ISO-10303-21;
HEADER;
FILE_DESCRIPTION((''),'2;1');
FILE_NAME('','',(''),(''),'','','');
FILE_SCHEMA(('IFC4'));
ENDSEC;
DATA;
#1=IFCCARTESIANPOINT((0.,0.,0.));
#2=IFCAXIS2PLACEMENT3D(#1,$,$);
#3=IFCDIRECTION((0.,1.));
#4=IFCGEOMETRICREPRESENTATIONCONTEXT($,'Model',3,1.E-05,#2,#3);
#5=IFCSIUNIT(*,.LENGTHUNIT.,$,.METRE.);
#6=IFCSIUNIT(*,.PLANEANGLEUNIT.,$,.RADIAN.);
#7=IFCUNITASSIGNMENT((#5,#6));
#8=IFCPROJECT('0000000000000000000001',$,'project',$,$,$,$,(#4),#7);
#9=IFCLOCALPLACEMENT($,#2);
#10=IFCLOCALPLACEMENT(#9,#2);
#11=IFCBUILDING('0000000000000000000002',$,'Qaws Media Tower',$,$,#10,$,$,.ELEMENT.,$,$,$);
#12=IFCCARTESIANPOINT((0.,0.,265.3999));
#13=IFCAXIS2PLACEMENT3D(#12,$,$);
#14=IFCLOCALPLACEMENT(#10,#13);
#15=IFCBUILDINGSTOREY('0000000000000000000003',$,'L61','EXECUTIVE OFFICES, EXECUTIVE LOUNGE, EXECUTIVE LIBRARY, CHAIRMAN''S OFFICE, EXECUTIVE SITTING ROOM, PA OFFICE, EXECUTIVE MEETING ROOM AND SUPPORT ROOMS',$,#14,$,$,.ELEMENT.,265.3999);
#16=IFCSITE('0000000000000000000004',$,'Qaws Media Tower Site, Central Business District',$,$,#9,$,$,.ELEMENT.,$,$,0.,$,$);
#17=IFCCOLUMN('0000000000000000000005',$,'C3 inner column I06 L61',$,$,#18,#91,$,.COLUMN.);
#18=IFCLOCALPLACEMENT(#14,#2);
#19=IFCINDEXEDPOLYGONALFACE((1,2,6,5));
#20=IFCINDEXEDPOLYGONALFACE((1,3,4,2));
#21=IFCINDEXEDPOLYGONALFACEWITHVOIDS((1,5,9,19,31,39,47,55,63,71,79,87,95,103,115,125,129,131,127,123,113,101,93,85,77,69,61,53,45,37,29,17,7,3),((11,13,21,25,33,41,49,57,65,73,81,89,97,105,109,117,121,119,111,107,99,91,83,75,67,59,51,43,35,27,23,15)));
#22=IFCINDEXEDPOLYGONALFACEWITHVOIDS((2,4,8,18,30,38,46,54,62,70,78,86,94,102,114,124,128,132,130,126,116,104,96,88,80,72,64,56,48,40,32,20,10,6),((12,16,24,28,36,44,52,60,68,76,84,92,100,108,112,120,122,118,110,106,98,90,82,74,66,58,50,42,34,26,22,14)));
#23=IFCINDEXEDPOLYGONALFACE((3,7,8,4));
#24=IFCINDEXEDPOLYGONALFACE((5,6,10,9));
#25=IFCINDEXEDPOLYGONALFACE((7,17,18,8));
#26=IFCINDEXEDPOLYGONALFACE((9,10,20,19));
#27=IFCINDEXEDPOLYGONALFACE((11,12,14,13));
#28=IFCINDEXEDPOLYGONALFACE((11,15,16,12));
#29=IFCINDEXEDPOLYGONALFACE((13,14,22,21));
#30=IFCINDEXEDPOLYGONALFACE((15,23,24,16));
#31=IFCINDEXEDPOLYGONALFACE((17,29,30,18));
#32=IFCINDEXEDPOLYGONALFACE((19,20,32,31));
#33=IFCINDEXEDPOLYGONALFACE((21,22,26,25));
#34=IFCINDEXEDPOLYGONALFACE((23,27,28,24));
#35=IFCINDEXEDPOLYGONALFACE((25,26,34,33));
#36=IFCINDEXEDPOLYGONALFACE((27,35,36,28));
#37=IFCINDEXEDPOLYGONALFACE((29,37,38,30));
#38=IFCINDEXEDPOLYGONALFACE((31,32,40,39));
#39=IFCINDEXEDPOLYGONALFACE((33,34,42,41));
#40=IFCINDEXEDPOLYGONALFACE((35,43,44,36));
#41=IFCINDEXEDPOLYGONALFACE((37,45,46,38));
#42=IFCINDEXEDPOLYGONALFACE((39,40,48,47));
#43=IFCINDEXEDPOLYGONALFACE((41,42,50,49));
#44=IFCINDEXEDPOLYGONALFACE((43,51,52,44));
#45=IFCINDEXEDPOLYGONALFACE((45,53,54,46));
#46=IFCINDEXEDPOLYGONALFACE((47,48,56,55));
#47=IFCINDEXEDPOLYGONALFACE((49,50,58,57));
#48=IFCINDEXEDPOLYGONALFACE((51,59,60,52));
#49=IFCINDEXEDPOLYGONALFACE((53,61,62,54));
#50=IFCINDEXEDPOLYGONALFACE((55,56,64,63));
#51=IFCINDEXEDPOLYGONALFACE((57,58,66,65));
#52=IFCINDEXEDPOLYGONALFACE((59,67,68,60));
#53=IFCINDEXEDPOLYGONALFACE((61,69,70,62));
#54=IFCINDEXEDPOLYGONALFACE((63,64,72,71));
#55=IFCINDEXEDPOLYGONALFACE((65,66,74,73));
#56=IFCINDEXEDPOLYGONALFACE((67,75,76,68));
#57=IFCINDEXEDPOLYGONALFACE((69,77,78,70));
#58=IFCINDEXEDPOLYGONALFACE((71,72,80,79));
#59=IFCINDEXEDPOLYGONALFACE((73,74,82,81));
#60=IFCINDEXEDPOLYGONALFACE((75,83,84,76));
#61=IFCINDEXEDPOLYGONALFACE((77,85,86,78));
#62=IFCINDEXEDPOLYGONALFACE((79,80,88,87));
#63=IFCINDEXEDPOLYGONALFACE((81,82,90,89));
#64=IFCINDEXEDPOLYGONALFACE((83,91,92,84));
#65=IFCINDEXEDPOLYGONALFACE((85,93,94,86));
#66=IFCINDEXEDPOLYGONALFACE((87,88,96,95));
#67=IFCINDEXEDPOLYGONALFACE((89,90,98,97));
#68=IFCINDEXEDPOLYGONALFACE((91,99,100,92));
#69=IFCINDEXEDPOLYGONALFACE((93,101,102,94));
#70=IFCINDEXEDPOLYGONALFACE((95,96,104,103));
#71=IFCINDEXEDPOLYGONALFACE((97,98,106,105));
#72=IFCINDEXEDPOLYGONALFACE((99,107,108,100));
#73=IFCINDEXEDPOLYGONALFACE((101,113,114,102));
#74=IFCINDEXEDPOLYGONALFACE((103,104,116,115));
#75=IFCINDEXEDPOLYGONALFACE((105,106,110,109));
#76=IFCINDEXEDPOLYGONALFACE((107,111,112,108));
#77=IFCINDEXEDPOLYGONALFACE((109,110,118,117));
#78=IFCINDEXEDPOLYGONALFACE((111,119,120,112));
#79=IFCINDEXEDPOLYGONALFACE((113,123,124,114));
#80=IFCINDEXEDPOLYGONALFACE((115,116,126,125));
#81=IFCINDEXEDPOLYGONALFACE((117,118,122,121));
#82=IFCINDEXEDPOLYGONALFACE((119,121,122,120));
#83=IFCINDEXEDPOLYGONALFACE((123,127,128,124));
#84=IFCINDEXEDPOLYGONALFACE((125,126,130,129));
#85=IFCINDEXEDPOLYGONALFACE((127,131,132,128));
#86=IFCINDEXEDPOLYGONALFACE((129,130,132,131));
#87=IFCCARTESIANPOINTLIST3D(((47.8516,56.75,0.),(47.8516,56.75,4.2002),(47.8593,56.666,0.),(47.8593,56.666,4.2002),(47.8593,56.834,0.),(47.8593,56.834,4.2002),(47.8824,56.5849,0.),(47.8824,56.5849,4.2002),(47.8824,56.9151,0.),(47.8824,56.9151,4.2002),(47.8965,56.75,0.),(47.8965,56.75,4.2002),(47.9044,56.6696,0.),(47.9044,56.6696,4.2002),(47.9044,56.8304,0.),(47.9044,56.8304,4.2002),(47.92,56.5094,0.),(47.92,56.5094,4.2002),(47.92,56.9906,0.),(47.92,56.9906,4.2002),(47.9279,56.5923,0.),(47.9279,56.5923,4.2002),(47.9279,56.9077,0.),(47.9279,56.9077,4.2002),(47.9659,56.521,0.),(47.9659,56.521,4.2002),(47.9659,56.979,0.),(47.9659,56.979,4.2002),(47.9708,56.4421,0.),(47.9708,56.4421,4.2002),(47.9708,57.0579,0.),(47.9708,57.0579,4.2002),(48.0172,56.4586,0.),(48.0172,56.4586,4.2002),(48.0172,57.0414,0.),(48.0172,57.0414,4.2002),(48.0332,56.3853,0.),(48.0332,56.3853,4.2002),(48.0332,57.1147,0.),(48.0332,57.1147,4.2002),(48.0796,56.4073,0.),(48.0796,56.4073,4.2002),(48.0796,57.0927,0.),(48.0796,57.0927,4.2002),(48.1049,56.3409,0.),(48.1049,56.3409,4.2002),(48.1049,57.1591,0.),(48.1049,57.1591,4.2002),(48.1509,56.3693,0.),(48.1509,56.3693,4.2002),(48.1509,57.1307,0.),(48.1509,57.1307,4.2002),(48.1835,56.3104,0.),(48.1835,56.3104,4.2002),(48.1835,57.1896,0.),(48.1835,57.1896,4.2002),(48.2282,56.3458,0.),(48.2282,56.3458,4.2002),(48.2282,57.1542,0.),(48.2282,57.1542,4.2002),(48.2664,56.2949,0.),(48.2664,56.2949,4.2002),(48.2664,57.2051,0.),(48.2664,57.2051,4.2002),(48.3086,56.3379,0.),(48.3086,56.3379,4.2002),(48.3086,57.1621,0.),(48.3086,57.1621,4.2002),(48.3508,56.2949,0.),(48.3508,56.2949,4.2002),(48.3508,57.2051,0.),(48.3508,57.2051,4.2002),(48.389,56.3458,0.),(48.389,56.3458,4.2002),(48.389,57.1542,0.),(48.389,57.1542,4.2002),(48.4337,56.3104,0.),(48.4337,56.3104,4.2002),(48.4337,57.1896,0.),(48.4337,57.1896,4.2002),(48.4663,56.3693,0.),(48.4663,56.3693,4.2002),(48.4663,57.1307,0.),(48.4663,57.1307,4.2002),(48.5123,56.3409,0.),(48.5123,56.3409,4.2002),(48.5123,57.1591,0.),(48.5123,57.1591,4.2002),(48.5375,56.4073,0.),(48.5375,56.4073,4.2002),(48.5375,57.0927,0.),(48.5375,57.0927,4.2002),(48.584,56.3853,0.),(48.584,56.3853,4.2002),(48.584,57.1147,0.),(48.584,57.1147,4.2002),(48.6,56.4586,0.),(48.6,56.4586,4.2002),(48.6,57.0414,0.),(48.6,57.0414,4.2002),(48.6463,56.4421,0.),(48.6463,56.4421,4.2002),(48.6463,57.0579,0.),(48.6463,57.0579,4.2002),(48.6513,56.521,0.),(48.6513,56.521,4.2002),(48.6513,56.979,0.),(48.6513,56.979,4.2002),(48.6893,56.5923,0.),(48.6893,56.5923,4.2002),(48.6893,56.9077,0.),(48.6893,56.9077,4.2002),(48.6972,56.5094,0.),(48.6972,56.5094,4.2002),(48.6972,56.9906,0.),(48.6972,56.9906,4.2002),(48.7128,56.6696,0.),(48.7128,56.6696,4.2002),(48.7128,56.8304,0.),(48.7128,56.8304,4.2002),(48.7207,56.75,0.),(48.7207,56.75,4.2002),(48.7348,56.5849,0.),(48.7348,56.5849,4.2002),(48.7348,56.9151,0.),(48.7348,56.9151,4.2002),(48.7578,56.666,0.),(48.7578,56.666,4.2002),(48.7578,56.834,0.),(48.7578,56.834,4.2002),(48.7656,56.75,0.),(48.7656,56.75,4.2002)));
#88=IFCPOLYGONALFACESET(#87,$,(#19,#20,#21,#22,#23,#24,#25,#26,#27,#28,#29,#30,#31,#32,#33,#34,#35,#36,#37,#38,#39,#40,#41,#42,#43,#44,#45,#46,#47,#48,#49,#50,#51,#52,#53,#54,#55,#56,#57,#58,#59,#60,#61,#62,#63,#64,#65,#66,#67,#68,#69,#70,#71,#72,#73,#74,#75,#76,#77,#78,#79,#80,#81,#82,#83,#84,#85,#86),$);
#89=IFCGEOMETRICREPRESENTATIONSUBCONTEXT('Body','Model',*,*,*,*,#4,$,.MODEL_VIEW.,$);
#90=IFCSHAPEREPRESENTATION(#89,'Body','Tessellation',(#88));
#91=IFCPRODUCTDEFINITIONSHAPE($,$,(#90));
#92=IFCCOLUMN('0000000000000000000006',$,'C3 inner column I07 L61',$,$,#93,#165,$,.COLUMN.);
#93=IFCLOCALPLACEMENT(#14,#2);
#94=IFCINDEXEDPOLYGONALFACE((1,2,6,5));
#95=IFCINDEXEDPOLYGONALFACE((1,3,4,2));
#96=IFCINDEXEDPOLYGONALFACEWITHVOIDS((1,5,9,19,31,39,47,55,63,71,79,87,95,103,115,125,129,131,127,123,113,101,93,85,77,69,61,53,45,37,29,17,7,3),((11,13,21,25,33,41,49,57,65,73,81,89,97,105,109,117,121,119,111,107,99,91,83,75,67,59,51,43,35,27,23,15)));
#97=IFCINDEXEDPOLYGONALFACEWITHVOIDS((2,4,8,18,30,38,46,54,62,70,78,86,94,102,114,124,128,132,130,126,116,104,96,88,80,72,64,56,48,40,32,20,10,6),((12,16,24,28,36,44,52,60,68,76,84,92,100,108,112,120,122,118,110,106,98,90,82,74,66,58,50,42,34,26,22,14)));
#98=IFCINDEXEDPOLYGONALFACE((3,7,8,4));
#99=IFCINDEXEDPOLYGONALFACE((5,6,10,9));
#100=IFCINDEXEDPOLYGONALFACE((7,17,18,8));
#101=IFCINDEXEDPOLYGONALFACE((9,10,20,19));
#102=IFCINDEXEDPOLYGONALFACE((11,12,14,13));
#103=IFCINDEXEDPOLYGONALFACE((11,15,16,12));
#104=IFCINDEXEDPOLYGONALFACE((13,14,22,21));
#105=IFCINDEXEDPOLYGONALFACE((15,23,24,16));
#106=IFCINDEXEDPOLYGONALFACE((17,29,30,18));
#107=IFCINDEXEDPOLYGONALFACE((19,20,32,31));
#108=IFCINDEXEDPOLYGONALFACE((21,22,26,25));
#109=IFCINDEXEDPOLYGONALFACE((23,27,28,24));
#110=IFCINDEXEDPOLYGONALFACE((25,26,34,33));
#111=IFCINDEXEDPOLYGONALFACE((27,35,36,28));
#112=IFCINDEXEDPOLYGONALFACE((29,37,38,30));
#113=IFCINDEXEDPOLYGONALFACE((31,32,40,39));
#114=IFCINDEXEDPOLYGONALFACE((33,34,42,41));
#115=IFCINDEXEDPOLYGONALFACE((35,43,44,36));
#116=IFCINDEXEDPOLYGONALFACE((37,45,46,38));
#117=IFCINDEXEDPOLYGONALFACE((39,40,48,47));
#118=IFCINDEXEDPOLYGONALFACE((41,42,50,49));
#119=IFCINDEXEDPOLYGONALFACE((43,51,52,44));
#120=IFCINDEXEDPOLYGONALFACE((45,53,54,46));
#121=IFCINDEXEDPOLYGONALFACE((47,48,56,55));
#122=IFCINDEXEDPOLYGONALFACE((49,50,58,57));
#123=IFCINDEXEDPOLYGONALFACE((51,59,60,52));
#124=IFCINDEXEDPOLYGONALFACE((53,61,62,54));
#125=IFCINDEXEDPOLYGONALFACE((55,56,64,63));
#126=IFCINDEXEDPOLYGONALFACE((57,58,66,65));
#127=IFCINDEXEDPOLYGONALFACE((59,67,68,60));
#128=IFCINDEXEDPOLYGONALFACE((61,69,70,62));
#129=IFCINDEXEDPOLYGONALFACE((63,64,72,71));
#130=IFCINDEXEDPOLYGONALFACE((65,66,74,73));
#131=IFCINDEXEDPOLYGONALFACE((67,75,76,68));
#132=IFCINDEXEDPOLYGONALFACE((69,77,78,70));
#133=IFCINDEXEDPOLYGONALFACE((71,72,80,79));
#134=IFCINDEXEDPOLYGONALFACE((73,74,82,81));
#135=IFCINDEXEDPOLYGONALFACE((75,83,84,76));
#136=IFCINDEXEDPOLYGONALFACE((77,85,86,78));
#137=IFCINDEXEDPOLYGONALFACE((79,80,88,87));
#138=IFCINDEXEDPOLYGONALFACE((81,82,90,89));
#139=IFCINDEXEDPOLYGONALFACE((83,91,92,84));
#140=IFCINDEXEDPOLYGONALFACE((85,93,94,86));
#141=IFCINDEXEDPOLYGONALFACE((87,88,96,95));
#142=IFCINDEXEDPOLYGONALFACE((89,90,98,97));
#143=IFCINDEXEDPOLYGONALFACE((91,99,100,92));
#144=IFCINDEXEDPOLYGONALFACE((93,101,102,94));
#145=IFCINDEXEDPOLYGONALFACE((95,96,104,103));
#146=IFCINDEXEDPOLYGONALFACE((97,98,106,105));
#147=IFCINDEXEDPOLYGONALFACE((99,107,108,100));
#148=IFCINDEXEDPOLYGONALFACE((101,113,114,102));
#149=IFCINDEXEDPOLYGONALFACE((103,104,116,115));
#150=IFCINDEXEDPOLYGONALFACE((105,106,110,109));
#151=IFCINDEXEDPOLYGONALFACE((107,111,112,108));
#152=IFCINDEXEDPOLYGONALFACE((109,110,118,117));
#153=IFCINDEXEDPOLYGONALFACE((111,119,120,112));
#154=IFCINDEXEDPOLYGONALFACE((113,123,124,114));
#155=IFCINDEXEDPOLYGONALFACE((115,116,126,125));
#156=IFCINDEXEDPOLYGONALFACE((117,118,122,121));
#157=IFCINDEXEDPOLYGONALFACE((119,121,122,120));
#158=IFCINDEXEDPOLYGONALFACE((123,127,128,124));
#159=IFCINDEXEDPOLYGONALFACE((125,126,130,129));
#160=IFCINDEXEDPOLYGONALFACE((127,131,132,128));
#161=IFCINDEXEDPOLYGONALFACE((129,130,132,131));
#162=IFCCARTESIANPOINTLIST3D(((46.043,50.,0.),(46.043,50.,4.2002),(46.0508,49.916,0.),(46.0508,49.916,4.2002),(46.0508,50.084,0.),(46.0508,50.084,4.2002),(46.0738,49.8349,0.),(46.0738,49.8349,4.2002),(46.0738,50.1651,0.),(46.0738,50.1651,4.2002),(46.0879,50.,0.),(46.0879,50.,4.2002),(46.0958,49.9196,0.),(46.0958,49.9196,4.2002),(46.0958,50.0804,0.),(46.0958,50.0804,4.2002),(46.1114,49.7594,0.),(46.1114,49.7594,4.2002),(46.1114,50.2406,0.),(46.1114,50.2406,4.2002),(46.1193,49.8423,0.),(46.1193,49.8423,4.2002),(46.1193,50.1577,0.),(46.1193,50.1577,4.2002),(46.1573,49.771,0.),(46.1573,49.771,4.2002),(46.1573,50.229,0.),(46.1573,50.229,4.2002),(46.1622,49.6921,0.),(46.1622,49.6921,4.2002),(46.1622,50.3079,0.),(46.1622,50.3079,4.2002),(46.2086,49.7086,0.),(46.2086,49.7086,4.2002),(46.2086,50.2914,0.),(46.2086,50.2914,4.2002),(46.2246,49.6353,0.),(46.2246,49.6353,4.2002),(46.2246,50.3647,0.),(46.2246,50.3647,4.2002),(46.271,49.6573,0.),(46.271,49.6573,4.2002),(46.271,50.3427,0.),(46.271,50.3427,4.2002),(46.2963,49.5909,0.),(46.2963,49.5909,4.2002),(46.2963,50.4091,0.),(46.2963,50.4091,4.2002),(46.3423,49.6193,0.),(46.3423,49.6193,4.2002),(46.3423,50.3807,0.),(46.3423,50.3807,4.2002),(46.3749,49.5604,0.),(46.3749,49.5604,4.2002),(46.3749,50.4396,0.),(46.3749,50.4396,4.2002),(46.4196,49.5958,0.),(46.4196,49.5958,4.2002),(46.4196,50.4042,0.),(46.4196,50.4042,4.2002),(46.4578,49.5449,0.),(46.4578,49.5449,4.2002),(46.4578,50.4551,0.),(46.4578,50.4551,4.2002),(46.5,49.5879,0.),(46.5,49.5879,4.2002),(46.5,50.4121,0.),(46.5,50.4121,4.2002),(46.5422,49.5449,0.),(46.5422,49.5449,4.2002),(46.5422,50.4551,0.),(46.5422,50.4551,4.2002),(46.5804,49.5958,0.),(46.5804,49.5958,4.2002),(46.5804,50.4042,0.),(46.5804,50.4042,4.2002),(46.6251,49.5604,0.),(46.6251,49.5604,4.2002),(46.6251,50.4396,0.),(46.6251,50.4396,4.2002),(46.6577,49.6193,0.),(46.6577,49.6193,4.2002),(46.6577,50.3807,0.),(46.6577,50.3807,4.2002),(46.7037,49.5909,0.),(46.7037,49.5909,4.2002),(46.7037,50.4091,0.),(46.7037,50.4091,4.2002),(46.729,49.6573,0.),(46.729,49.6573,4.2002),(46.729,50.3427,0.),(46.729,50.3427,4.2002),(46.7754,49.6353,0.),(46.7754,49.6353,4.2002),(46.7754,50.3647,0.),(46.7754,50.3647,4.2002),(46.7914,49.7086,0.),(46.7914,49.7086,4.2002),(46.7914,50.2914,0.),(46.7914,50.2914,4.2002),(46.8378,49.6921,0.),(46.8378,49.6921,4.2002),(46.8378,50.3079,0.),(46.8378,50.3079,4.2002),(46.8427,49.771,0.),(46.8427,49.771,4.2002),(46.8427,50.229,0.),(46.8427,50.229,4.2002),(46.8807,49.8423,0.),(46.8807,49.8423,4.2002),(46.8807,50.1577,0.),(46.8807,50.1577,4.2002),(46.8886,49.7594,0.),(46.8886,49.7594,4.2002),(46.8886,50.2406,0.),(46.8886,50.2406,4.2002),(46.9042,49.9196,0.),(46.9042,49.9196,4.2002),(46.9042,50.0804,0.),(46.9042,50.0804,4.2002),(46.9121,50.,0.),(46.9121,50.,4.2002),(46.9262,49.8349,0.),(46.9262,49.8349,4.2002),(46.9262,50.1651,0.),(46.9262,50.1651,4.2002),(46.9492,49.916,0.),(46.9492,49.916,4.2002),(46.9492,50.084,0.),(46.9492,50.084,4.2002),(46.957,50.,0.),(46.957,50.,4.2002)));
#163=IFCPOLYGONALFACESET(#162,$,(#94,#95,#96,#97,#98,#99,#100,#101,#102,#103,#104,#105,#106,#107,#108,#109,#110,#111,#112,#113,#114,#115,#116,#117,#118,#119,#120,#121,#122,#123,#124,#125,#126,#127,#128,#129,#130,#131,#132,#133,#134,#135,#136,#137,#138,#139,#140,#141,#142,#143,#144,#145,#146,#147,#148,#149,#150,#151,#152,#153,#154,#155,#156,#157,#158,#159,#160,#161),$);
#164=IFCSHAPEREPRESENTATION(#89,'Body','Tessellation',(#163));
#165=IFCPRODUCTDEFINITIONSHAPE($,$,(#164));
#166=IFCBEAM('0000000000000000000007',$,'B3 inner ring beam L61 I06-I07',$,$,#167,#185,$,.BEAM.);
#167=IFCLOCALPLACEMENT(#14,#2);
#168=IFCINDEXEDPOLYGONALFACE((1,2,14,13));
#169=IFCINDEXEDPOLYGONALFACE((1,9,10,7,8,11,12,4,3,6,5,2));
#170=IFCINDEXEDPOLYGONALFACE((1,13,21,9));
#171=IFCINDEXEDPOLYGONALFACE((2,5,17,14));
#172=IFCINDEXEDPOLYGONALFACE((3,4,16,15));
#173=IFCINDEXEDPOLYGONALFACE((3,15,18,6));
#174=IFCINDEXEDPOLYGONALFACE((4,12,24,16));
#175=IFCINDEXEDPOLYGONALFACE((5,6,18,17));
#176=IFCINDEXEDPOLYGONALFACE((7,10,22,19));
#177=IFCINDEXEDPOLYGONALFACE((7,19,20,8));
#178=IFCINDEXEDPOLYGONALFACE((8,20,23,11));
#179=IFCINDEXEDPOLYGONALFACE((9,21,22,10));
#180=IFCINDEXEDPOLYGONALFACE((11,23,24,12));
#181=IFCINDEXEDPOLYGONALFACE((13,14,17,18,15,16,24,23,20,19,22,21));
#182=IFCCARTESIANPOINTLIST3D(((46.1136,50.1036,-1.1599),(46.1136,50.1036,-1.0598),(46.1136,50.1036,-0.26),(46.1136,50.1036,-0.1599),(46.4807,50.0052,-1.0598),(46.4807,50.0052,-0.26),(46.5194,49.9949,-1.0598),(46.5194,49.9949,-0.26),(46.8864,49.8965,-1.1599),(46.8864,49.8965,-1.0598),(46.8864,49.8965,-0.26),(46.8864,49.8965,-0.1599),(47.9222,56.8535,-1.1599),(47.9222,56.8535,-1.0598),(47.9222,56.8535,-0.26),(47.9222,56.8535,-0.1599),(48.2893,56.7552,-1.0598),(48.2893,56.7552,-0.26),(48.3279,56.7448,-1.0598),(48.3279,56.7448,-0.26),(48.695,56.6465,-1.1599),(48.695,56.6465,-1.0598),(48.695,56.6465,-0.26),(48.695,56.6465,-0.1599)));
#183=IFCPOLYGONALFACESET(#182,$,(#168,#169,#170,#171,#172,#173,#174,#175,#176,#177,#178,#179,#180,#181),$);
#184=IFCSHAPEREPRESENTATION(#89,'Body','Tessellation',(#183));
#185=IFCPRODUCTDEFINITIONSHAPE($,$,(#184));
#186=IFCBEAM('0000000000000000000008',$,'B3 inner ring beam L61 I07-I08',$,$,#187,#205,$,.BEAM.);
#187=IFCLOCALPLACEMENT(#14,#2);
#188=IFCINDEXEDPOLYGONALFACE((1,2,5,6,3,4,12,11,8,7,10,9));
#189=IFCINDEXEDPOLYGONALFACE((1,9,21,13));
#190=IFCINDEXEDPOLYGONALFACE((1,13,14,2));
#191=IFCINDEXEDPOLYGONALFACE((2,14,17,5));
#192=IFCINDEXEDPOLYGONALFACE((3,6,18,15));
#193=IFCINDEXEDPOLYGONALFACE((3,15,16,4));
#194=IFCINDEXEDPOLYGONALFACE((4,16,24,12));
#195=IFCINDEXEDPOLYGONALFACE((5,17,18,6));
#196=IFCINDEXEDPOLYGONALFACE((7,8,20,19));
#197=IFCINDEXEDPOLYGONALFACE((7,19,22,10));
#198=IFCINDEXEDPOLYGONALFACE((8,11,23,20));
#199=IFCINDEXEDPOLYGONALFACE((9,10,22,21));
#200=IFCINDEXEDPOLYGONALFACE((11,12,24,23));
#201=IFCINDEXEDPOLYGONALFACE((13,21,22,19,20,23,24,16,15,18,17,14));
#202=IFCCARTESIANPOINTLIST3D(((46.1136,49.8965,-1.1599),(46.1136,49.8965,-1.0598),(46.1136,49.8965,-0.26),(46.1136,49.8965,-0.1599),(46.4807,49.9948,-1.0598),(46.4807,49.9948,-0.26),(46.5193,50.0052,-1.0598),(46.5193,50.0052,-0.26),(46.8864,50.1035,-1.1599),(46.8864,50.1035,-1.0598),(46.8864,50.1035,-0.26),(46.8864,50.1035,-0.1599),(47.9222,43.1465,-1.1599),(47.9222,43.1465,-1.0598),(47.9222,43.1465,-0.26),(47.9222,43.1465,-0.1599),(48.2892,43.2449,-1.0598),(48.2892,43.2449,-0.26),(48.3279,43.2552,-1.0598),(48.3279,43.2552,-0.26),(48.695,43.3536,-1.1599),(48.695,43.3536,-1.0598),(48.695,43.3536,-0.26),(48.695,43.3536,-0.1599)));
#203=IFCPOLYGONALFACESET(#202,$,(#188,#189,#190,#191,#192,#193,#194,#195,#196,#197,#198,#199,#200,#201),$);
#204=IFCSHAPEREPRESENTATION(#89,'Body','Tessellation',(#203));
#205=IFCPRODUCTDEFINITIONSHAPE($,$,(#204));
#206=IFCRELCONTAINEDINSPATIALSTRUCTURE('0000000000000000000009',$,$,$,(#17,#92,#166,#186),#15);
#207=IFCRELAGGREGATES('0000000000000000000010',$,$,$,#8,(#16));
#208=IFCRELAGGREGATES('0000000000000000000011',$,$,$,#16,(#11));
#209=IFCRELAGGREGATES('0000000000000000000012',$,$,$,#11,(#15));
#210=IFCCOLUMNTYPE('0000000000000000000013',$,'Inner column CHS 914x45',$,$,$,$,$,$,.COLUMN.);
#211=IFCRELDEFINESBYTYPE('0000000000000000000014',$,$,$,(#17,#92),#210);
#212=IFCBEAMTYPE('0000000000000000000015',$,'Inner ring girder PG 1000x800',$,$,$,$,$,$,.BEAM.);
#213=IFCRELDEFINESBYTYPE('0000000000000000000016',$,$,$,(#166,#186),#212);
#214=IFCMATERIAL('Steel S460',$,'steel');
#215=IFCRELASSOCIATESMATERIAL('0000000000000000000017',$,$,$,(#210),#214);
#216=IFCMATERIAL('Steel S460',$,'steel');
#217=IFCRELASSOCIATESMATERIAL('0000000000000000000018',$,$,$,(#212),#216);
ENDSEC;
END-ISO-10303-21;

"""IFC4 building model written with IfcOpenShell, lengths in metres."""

from ifc_helpers import new_model, si_unit, direction, frame, origin, origin_2d, place, context, subcontext, project, spatial, hollow_circle, i_section, extrude, material, material_profile, profile_set, type_object, element, save


model = new_model("IFC4")

# Units and contexts
model_context = context("Model", 3, precision=1e-05, world=origin(), true_north=direction((0.0, 1.0)))
body_context = subcontext(model_context, "Body", "Model", "MODEL_VIEW")
ifc_project = project(units=[si_unit("LENGTHUNIT", "METRE"), si_unit("PLANEANGLEUNIT", "RADIAN")], contexts=[model_context])

# Site, building, storey
site_placement = place(None, origin())
site = spatial("IfcSite", under=ifc_project, at=site_placement, Name="Qaws Media Tower Site, Central Business District", CompositionType="ELEMENT", RefElevation=0.0)
building_placement = place(site_placement, origin())
building = spatial("IfcBuilding", under=site, at=building_placement, Name="Qaws Media Tower", CompositionType="ELEMENT")
storey_placement = place(building_placement, frame((0.0, 0.0, 265.3999)))
storey = spatial("IfcBuildingStorey", under=building, at=storey_placement, Name="L61", Description="EXECUTIVE OFFICES, EXECUTIVE LOUNGE, EXECUTIVE LIBRARY, CHAIRMAN'S OFFICE, EXECUTIVE SITTING ROOM, PA OFFICE, EXECUTIVE MEETING ROOM AND SUPPORT ROOMS", CompositionType="ELEMENT", Elevation=265.3999)

# Columns
ifc_material_1 = material(Name="Steel S460", Category="steel")
ifc_material_profile_1 = material_profile(ifc_material_1, hollow_circle(Radius=0.457, WallThickness=0.0449, at=origin_2d()), Name="CHS 914x45")
ifc_profile_set_1 = profile_set([ifc_material_profile_1], Name="Steel S460")
column_type = type_object("IfcColumnType", Name="Inner column CHS 914x45", PredefinedType="COLUMN", material=ifc_profile_set_1)
for number, where, z_axis, x_axis, name in (
    (1, (48.3086, 56.75, 0.0), (0.0, 0.0, 1.0), (1.0, 0.0, 0.0), "C3 inner column I06 L61"),
    (2, (46.5, 50.0, 0.0), (0.0, 0.0, 1.0), (1.0, 0.0, 0.0), "C3 inner column I07 L61"),
):
    element("IfcColumn", number, at=place(storey_placement, frame(where, z_axis=z_axis, x_axis=x_axis)), inside=storey, type_object=column_type, Name=name, PredefinedType="COLUMN", context=body_context, shape_type="SweptSolid", body=[
        extrude(hollow_circle(Radius=0.457, WallThickness=0.0449, at=origin_2d()), origin(), (0.0, 0.0, 1.0), 4.2002),
    ])

# Beams
ifc_material_2 = material(Name="Steel S460", Category="steel")
ifc_material_profile_2 = material_profile(ifc_material_2, i_section(OverallWidth=0.8, OverallDepth=1.0, WebThickness=0.04, FlangeThickness=0.1001, at=origin_2d()), Name="PG 1000x800")
ifc_profile_set_2 = profile_set([ifc_material_profile_2], Name="Steel S460")
beam_type_1 = type_object("IfcBeamType", Name="Inner ring girder PG 1000x800", PredefinedType="BEAM", material=ifc_profile_set_2)
for number, where, z_axis, x_axis, name in (
    (3, (48.3086, 56.75, -0.6599), (-0.258811, -0.965928, 0.0), (0.965928, -0.258811, 0.0), "B3 inner ring beam L61 I06-I07"),
    (4, (46.5, 50.0, -0.6599), (0.258811, -0.965928, 0.0), (0.965928, 0.258811, 0.0), "B3 inner ring beam L61 I07-I08"),
):
    element("IfcBeam", number, at=place(storey_placement, frame(where, z_axis=z_axis, x_axis=x_axis)), inside=storey, type_object=beam_type_1, Name=name, PredefinedType="BEAM", context=body_context, shape_type="SweptSolid", body=[
        extrude(i_section(OverallWidth=0.8, OverallDepth=1.0, WebThickness=0.04, FlangeThickness=0.1001, at=origin_2d()), origin(), (0.0, 0.0, 1.0), 6.988),
    ])

save(model, "model.ifc")
